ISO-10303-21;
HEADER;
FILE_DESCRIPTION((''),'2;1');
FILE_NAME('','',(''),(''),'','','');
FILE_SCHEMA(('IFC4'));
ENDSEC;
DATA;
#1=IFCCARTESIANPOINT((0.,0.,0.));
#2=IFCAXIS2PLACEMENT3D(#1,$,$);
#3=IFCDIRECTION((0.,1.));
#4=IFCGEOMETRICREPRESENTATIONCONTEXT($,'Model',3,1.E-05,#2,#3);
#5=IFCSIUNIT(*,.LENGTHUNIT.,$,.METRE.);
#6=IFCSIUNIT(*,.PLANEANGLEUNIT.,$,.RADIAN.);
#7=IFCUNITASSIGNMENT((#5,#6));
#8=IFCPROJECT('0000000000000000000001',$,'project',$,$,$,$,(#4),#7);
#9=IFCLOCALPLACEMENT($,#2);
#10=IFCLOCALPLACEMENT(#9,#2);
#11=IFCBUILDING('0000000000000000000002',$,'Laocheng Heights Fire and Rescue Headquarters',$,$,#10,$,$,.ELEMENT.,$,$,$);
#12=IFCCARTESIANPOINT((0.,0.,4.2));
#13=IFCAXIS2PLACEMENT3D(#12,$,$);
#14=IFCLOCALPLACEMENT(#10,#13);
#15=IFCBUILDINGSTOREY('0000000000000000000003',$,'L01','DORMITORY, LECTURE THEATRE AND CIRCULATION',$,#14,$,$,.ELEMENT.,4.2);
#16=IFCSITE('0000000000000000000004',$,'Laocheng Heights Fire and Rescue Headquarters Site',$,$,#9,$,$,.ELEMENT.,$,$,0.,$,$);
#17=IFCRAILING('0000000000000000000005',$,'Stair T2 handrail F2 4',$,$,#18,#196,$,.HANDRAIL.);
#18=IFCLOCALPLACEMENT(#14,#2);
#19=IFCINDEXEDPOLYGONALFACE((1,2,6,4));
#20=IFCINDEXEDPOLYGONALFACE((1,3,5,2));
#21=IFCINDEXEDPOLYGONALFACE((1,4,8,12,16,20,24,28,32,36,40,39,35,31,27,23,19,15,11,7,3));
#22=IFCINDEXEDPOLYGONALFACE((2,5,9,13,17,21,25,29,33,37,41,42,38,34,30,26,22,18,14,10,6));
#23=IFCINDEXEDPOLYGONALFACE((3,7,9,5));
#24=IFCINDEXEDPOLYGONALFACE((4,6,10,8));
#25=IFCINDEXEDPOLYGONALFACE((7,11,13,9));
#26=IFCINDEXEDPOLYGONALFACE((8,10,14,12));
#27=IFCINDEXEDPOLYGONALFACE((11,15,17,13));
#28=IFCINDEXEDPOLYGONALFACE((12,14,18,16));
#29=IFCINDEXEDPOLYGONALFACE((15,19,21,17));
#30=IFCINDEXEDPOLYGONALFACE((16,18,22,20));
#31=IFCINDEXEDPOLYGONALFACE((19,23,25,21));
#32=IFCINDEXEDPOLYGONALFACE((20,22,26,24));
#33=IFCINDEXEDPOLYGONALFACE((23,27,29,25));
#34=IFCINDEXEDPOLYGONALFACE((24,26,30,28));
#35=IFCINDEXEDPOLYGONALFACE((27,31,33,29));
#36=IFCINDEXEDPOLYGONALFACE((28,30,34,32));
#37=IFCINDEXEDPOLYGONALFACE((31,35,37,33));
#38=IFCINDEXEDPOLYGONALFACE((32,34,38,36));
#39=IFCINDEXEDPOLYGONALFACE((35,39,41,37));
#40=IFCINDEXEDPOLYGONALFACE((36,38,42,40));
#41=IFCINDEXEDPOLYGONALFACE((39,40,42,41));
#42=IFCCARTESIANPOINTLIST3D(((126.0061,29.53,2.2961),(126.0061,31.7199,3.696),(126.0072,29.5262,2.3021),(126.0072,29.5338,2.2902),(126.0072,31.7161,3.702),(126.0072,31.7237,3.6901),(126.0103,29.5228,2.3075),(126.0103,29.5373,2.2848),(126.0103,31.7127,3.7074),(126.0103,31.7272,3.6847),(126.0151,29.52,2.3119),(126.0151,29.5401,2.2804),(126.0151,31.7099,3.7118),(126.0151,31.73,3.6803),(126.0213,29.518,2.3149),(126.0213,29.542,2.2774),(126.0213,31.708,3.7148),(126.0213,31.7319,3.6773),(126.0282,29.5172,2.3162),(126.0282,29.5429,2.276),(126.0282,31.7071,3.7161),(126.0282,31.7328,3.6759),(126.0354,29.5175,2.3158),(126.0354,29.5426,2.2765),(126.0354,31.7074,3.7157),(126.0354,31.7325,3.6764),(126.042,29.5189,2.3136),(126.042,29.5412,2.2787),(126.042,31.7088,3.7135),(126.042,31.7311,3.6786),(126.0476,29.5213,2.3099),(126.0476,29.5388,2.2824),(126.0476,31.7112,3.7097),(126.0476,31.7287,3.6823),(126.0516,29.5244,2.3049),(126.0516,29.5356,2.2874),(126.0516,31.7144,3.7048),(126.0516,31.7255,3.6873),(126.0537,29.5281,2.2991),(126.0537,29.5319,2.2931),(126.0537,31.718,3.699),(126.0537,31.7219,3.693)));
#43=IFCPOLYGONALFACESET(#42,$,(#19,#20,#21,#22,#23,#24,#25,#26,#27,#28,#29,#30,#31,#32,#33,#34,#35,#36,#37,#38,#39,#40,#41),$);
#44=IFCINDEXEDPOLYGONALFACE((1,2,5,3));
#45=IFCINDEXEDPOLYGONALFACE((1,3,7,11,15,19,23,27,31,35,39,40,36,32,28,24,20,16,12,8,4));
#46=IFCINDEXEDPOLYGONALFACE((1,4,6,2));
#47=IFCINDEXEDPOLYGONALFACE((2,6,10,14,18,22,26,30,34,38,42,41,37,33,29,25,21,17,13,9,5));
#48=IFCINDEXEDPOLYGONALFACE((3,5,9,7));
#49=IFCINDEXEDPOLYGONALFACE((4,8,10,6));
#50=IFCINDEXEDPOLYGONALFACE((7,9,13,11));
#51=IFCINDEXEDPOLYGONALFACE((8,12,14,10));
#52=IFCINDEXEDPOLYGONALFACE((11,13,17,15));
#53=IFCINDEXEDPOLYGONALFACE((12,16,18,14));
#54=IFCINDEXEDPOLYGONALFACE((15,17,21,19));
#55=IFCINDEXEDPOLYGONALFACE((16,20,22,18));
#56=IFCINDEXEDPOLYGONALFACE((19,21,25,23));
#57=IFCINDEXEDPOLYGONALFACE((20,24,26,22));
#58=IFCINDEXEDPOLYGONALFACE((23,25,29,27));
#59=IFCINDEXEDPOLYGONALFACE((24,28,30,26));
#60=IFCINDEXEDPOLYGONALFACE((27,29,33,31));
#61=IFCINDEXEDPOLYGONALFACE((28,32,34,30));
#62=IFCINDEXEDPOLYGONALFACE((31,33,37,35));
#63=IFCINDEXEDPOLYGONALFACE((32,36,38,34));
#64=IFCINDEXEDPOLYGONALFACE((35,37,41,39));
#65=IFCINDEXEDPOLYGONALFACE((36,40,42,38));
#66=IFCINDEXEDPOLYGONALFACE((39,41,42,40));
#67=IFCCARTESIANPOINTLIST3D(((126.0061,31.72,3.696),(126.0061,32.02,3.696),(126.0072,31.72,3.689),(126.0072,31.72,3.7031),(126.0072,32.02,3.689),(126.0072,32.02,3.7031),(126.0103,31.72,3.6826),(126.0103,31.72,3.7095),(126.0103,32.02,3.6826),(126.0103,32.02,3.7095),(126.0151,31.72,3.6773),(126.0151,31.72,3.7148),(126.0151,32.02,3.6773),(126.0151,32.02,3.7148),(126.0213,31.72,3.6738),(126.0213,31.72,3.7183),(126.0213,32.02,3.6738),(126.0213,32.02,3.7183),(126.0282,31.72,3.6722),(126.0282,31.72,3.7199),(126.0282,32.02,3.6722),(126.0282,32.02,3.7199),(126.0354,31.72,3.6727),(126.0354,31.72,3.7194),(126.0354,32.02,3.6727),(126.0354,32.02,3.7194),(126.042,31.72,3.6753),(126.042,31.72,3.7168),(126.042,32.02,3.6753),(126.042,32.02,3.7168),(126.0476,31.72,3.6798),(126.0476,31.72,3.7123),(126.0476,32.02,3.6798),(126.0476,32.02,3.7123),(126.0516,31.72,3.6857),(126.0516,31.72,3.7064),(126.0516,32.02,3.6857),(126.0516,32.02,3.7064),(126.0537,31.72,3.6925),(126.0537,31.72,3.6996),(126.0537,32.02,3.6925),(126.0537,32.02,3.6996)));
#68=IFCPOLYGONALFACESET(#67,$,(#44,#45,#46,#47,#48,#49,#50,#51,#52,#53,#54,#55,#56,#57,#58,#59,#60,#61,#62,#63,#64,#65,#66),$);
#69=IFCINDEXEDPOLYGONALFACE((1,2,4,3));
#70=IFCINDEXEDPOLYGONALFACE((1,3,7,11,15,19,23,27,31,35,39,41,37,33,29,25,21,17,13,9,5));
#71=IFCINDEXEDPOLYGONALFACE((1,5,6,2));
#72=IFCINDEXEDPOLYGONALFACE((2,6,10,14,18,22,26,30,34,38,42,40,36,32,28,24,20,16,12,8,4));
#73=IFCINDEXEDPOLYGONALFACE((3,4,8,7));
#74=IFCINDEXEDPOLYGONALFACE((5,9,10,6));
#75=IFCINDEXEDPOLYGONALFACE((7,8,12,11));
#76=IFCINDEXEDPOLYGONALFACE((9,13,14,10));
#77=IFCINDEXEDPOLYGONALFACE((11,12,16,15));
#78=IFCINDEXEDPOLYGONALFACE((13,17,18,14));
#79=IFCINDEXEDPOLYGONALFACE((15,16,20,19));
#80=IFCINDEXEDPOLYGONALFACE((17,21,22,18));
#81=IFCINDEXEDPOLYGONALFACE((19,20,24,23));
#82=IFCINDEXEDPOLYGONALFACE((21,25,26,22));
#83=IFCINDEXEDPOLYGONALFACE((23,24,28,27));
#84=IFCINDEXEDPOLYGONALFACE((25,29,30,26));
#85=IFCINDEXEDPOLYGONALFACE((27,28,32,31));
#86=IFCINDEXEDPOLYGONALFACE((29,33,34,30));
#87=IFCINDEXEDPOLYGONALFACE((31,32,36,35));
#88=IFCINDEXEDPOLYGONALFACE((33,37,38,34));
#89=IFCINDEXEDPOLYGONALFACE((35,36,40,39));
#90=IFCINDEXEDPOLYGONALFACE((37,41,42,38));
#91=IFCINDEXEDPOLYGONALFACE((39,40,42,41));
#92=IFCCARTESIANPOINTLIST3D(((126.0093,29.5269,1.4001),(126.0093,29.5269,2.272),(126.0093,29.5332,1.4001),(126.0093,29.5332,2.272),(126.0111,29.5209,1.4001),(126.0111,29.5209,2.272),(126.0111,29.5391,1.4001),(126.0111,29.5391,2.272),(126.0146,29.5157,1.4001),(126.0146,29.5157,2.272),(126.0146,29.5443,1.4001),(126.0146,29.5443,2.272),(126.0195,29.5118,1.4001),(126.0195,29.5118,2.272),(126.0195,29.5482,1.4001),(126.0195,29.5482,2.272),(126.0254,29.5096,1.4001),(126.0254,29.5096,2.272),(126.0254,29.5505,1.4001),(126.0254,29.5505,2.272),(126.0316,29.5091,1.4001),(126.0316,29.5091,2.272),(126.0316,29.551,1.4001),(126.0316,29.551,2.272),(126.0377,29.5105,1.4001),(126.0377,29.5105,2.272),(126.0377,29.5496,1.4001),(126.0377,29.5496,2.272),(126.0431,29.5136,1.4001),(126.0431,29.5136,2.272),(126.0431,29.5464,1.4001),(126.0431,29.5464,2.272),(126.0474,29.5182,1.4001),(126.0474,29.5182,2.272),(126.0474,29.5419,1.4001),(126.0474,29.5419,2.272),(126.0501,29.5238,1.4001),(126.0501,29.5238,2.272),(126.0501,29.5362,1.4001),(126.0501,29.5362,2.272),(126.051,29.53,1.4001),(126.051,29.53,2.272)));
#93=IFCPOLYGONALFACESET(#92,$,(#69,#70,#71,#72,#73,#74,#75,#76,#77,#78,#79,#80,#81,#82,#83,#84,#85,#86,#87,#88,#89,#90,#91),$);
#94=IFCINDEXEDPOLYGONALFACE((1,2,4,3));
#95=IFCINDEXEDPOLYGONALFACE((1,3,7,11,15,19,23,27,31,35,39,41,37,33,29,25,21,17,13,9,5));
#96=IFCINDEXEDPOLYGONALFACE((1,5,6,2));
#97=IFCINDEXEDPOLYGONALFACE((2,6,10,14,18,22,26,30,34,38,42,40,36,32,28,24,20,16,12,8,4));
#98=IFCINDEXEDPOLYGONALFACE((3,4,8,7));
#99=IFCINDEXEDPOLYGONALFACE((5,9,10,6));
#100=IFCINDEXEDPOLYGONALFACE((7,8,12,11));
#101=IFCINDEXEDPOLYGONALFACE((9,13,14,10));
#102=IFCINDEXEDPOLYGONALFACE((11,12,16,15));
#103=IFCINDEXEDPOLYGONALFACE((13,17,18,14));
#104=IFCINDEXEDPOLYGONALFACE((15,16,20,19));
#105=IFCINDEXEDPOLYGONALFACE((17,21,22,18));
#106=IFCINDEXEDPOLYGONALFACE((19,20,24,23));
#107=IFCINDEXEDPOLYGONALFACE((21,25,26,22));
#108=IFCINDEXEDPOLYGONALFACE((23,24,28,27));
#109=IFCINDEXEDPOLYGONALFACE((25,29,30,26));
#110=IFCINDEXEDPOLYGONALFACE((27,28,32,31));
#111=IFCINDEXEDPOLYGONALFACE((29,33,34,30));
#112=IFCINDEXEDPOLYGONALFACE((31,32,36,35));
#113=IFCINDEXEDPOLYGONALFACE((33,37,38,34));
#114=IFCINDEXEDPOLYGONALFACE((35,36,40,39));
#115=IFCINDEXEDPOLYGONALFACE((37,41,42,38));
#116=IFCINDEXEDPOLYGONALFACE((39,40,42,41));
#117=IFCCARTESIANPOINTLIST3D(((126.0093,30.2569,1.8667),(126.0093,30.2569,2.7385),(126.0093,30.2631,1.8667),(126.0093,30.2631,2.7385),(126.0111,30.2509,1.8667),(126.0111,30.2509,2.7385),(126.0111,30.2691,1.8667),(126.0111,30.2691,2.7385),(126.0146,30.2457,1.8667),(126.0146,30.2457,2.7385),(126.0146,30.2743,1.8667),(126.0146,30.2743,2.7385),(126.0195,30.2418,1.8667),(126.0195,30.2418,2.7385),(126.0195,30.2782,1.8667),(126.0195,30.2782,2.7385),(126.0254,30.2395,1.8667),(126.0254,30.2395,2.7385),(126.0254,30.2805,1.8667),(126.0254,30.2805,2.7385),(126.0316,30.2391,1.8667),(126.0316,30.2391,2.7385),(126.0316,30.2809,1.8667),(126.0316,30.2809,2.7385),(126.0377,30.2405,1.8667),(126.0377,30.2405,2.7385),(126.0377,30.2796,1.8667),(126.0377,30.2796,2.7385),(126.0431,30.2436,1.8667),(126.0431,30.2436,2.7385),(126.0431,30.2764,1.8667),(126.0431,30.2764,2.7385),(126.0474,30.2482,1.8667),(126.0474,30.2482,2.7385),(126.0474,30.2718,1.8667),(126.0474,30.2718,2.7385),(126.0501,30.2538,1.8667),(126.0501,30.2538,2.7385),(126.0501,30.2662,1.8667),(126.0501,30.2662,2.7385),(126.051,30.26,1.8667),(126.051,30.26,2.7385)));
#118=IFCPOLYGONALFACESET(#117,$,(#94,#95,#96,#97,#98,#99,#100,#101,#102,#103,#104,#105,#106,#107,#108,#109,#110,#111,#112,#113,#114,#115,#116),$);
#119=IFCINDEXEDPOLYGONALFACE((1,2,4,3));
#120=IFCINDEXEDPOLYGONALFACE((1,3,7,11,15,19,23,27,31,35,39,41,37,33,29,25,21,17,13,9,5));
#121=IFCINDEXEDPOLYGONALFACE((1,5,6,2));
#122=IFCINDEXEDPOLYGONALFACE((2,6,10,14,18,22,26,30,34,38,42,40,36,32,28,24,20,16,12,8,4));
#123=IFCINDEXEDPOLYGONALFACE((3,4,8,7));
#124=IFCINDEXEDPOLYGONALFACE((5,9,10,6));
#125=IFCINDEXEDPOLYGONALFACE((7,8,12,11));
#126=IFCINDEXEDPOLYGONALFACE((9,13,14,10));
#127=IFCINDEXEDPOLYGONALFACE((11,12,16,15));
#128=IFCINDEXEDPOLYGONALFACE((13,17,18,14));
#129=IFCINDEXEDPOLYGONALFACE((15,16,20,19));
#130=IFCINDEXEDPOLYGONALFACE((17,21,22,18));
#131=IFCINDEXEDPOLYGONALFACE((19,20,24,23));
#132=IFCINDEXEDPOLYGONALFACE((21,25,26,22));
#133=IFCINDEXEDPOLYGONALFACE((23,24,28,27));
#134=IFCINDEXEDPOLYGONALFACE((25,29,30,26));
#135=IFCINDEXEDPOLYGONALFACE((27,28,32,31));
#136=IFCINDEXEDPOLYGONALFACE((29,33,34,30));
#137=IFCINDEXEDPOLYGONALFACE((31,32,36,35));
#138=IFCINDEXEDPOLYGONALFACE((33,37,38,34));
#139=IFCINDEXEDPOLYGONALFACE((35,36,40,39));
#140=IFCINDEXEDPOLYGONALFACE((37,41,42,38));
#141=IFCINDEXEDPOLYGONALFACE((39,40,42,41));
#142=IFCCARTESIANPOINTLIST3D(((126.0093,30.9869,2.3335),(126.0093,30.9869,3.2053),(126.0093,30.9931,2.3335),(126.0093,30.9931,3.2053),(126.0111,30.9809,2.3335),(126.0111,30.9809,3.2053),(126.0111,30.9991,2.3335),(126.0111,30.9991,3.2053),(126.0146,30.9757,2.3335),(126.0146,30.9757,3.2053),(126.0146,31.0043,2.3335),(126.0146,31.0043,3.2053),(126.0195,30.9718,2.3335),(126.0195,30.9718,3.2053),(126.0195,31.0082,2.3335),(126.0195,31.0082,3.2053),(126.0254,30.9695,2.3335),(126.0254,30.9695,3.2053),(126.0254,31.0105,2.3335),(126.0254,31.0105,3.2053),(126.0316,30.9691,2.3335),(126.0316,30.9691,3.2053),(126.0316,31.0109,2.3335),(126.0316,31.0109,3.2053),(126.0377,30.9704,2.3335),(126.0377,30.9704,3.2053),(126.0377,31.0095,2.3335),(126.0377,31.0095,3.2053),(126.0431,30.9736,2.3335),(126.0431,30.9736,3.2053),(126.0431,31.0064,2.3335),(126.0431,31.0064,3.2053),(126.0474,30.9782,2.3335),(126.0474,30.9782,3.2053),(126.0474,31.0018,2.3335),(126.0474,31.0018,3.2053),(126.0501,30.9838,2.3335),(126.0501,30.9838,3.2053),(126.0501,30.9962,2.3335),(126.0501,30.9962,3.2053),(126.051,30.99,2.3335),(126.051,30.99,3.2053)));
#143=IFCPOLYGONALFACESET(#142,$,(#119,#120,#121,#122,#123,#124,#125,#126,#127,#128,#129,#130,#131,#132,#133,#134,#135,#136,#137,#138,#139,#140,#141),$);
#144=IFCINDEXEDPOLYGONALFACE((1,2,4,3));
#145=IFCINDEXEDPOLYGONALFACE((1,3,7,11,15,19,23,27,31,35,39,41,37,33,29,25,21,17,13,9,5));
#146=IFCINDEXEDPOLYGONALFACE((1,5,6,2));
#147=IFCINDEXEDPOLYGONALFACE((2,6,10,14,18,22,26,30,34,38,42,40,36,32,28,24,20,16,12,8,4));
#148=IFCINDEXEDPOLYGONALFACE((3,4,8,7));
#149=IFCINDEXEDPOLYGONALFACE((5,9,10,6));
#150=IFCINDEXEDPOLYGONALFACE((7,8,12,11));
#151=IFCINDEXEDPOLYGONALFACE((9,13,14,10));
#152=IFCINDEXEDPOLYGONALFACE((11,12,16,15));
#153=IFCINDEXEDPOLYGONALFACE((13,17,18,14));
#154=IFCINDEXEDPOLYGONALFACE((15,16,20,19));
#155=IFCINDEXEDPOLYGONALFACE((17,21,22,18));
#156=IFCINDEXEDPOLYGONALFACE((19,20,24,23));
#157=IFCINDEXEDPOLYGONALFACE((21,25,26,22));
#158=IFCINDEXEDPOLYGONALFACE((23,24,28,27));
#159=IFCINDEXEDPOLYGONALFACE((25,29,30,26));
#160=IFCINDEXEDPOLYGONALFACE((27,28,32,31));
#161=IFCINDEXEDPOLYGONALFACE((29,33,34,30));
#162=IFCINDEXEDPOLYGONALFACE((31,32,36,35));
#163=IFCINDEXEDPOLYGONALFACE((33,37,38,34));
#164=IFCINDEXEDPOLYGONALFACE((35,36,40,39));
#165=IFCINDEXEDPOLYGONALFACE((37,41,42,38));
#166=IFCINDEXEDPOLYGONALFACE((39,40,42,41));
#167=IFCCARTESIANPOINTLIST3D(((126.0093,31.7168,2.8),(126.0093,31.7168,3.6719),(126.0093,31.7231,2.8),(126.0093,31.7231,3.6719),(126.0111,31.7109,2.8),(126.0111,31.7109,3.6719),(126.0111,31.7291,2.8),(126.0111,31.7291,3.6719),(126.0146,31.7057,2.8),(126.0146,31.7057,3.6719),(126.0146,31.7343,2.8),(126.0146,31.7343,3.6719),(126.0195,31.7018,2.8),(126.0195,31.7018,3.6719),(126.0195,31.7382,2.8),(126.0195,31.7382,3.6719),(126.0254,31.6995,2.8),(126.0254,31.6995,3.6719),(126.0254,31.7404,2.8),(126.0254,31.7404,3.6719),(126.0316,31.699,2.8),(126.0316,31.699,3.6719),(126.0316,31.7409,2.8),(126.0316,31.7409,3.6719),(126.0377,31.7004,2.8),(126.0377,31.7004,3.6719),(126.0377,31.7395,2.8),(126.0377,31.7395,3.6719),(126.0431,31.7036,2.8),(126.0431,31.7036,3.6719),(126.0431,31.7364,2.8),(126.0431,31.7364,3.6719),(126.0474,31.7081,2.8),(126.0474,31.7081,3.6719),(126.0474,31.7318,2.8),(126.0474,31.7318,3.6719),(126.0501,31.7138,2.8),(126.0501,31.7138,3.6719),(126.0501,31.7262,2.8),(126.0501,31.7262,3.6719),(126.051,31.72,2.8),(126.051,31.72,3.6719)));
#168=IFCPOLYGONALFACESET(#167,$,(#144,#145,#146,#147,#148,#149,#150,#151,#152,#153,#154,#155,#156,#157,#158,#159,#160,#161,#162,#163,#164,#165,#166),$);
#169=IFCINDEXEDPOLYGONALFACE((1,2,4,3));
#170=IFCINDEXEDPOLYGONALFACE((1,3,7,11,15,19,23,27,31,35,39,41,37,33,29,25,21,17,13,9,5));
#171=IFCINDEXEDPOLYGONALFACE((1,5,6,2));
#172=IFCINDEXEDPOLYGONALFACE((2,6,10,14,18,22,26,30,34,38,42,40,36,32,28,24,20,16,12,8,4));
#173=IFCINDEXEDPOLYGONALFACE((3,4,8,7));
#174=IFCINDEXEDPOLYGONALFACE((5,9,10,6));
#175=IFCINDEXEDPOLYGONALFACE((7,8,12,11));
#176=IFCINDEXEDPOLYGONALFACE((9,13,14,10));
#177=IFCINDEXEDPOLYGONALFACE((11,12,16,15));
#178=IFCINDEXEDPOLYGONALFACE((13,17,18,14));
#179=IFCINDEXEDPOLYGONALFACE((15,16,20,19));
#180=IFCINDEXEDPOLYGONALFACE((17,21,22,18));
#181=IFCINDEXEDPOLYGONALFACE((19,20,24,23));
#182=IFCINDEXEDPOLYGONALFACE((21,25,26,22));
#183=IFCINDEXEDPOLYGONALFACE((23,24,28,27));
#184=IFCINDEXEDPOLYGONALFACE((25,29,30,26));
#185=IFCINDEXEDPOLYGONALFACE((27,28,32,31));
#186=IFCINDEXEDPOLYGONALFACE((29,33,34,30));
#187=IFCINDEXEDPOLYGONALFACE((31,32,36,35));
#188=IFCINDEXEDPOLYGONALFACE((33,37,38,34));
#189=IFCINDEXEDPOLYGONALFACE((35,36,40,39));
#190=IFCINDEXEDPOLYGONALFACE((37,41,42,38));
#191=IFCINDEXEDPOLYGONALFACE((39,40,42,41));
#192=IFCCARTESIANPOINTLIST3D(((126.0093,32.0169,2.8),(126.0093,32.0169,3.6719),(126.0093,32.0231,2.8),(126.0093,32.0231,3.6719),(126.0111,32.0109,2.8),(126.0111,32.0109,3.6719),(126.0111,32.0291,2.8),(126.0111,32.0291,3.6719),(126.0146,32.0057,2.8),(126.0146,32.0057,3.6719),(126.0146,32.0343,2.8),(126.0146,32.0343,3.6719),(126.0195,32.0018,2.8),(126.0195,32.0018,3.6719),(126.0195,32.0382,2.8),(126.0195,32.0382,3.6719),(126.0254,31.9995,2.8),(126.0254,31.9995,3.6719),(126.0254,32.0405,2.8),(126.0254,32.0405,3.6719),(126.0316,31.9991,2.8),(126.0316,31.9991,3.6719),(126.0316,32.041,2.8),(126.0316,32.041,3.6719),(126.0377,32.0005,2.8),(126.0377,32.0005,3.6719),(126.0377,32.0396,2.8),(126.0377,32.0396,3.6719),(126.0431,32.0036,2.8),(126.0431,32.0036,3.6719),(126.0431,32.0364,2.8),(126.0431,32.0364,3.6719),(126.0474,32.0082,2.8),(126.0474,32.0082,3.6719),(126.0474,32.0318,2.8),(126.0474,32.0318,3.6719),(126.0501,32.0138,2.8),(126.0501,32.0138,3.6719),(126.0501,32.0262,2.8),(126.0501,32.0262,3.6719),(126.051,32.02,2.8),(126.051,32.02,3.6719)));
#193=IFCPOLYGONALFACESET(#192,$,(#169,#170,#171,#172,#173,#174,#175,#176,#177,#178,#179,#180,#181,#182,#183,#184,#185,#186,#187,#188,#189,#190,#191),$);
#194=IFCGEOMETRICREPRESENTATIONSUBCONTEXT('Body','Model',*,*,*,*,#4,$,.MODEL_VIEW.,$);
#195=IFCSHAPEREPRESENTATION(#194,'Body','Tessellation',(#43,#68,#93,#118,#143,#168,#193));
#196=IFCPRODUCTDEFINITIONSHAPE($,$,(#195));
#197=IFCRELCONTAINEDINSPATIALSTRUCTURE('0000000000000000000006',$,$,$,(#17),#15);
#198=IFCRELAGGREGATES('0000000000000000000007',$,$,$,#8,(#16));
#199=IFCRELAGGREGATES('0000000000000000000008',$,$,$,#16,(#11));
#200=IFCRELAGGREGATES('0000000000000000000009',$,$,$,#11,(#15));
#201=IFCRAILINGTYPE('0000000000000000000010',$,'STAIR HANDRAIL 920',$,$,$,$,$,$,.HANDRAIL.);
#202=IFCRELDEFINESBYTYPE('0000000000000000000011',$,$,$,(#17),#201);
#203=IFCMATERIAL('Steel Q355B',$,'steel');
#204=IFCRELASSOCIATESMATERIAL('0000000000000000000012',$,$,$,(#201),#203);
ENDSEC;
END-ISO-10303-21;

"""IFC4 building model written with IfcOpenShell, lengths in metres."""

from ifc_helpers import new_model, si_unit, direction, frame, origin, origin_2d, place, context, subcontext, project, spatial, circle, extrude, material, type_object, element, save


model = new_model("IFC4")

# Units and contexts
model_context = context("Model", 3, precision=1e-05, world=origin(), true_north=direction((0.0, 1.0)))
body_context = subcontext(model_context, "Body", "Model", "MODEL_VIEW")
ifc_project = project(units=[si_unit("LENGTHUNIT", "METRE"), si_unit("PLANEANGLEUNIT", "RADIAN")], contexts=[model_context])

# Site, building, storey
site_placement = place(None, origin())
site = spatial("IfcSite", under=ifc_project, at=site_placement, Name="Laocheng Heights Fire and Rescue Headquarters Site", CompositionType="ELEMENT", RefElevation=0.0)
building_placement = place(site_placement, origin())
building = spatial("IfcBuilding", under=site, at=building_placement, Name="Laocheng Heights Fire and Rescue Headquarters", CompositionType="ELEMENT")
storey_placement = place(building_placement, frame((0.0, 0.0, 4.2)))
storey = spatial("IfcBuildingStorey", under=building, at=storey_placement, Name="L01", Description="DORMITORY, LECTURE THEATRE AND CIRCULATION", CompositionType="ELEMENT", Elevation=4.2)

# Railing
ifc_material_1 = material(Name="Steel Q355B", Category="steel")
railing_type = type_object("IfcRailingType", Name="STAIR HANDRAIL 920", PredefinedType="HANDRAIL", material=ifc_material_1)
for number, where, name in (
    (1, (126.03, 29.53, 1.4001), "Stair T2 handrail F2 4"),
):
    element("IfcRailing", number, at=place(storey_placement, frame(where)), inside=storey, type_object=railing_type, Name=name, PredefinedType="HANDRAIL", context=body_context, shape_type="SweptSolid", body=[
        extrude(circle(Radius=0.0239, at=origin_2d()), frame((0.0, 0.0, 0.896), z_axis=(0.0, 0.842561, 0.5386), x_axis=(-1.0, 0.0, 0.0)), (0.0, 0.0, 1.0), 2.5991),
        extrude(circle(Radius=0.0239, at=origin_2d()), frame((0.0, 2.1899, 2.2959), z_axis=(0.0, 1.0, 0.0), x_axis=(-1.0, 0.0, 0.0)), (0.0, 0.0, 1.0), 0.3),
        extrude(circle(Radius=0.021, at=origin_2d()), origin(), (0.0, 0.0, 1.0), 0.8718),
        extrude(circle(Radius=0.021, at=origin_2d()), frame((0.0, 0.73, 0.4666)), (0.0, 0.0, 1.0), 0.8718),
        extrude(circle(Radius=0.021, at=origin_2d()), frame((0.0, 1.46, 0.9333)), (0.0, 0.0, 1.0), 0.8718),
        extrude(circle(Radius=0.021, at=origin_2d()), frame((0.0, 2.1899, 1.3999)), (0.0, 0.0, 1.0), 0.8718),
        extrude(circle(Radius=0.021, at=origin_2d()), frame((0.0, 2.49, 1.3999)), (0.0, 0.0, 1.0), 0.8718),
    ])

save(model, "model.ifc")
